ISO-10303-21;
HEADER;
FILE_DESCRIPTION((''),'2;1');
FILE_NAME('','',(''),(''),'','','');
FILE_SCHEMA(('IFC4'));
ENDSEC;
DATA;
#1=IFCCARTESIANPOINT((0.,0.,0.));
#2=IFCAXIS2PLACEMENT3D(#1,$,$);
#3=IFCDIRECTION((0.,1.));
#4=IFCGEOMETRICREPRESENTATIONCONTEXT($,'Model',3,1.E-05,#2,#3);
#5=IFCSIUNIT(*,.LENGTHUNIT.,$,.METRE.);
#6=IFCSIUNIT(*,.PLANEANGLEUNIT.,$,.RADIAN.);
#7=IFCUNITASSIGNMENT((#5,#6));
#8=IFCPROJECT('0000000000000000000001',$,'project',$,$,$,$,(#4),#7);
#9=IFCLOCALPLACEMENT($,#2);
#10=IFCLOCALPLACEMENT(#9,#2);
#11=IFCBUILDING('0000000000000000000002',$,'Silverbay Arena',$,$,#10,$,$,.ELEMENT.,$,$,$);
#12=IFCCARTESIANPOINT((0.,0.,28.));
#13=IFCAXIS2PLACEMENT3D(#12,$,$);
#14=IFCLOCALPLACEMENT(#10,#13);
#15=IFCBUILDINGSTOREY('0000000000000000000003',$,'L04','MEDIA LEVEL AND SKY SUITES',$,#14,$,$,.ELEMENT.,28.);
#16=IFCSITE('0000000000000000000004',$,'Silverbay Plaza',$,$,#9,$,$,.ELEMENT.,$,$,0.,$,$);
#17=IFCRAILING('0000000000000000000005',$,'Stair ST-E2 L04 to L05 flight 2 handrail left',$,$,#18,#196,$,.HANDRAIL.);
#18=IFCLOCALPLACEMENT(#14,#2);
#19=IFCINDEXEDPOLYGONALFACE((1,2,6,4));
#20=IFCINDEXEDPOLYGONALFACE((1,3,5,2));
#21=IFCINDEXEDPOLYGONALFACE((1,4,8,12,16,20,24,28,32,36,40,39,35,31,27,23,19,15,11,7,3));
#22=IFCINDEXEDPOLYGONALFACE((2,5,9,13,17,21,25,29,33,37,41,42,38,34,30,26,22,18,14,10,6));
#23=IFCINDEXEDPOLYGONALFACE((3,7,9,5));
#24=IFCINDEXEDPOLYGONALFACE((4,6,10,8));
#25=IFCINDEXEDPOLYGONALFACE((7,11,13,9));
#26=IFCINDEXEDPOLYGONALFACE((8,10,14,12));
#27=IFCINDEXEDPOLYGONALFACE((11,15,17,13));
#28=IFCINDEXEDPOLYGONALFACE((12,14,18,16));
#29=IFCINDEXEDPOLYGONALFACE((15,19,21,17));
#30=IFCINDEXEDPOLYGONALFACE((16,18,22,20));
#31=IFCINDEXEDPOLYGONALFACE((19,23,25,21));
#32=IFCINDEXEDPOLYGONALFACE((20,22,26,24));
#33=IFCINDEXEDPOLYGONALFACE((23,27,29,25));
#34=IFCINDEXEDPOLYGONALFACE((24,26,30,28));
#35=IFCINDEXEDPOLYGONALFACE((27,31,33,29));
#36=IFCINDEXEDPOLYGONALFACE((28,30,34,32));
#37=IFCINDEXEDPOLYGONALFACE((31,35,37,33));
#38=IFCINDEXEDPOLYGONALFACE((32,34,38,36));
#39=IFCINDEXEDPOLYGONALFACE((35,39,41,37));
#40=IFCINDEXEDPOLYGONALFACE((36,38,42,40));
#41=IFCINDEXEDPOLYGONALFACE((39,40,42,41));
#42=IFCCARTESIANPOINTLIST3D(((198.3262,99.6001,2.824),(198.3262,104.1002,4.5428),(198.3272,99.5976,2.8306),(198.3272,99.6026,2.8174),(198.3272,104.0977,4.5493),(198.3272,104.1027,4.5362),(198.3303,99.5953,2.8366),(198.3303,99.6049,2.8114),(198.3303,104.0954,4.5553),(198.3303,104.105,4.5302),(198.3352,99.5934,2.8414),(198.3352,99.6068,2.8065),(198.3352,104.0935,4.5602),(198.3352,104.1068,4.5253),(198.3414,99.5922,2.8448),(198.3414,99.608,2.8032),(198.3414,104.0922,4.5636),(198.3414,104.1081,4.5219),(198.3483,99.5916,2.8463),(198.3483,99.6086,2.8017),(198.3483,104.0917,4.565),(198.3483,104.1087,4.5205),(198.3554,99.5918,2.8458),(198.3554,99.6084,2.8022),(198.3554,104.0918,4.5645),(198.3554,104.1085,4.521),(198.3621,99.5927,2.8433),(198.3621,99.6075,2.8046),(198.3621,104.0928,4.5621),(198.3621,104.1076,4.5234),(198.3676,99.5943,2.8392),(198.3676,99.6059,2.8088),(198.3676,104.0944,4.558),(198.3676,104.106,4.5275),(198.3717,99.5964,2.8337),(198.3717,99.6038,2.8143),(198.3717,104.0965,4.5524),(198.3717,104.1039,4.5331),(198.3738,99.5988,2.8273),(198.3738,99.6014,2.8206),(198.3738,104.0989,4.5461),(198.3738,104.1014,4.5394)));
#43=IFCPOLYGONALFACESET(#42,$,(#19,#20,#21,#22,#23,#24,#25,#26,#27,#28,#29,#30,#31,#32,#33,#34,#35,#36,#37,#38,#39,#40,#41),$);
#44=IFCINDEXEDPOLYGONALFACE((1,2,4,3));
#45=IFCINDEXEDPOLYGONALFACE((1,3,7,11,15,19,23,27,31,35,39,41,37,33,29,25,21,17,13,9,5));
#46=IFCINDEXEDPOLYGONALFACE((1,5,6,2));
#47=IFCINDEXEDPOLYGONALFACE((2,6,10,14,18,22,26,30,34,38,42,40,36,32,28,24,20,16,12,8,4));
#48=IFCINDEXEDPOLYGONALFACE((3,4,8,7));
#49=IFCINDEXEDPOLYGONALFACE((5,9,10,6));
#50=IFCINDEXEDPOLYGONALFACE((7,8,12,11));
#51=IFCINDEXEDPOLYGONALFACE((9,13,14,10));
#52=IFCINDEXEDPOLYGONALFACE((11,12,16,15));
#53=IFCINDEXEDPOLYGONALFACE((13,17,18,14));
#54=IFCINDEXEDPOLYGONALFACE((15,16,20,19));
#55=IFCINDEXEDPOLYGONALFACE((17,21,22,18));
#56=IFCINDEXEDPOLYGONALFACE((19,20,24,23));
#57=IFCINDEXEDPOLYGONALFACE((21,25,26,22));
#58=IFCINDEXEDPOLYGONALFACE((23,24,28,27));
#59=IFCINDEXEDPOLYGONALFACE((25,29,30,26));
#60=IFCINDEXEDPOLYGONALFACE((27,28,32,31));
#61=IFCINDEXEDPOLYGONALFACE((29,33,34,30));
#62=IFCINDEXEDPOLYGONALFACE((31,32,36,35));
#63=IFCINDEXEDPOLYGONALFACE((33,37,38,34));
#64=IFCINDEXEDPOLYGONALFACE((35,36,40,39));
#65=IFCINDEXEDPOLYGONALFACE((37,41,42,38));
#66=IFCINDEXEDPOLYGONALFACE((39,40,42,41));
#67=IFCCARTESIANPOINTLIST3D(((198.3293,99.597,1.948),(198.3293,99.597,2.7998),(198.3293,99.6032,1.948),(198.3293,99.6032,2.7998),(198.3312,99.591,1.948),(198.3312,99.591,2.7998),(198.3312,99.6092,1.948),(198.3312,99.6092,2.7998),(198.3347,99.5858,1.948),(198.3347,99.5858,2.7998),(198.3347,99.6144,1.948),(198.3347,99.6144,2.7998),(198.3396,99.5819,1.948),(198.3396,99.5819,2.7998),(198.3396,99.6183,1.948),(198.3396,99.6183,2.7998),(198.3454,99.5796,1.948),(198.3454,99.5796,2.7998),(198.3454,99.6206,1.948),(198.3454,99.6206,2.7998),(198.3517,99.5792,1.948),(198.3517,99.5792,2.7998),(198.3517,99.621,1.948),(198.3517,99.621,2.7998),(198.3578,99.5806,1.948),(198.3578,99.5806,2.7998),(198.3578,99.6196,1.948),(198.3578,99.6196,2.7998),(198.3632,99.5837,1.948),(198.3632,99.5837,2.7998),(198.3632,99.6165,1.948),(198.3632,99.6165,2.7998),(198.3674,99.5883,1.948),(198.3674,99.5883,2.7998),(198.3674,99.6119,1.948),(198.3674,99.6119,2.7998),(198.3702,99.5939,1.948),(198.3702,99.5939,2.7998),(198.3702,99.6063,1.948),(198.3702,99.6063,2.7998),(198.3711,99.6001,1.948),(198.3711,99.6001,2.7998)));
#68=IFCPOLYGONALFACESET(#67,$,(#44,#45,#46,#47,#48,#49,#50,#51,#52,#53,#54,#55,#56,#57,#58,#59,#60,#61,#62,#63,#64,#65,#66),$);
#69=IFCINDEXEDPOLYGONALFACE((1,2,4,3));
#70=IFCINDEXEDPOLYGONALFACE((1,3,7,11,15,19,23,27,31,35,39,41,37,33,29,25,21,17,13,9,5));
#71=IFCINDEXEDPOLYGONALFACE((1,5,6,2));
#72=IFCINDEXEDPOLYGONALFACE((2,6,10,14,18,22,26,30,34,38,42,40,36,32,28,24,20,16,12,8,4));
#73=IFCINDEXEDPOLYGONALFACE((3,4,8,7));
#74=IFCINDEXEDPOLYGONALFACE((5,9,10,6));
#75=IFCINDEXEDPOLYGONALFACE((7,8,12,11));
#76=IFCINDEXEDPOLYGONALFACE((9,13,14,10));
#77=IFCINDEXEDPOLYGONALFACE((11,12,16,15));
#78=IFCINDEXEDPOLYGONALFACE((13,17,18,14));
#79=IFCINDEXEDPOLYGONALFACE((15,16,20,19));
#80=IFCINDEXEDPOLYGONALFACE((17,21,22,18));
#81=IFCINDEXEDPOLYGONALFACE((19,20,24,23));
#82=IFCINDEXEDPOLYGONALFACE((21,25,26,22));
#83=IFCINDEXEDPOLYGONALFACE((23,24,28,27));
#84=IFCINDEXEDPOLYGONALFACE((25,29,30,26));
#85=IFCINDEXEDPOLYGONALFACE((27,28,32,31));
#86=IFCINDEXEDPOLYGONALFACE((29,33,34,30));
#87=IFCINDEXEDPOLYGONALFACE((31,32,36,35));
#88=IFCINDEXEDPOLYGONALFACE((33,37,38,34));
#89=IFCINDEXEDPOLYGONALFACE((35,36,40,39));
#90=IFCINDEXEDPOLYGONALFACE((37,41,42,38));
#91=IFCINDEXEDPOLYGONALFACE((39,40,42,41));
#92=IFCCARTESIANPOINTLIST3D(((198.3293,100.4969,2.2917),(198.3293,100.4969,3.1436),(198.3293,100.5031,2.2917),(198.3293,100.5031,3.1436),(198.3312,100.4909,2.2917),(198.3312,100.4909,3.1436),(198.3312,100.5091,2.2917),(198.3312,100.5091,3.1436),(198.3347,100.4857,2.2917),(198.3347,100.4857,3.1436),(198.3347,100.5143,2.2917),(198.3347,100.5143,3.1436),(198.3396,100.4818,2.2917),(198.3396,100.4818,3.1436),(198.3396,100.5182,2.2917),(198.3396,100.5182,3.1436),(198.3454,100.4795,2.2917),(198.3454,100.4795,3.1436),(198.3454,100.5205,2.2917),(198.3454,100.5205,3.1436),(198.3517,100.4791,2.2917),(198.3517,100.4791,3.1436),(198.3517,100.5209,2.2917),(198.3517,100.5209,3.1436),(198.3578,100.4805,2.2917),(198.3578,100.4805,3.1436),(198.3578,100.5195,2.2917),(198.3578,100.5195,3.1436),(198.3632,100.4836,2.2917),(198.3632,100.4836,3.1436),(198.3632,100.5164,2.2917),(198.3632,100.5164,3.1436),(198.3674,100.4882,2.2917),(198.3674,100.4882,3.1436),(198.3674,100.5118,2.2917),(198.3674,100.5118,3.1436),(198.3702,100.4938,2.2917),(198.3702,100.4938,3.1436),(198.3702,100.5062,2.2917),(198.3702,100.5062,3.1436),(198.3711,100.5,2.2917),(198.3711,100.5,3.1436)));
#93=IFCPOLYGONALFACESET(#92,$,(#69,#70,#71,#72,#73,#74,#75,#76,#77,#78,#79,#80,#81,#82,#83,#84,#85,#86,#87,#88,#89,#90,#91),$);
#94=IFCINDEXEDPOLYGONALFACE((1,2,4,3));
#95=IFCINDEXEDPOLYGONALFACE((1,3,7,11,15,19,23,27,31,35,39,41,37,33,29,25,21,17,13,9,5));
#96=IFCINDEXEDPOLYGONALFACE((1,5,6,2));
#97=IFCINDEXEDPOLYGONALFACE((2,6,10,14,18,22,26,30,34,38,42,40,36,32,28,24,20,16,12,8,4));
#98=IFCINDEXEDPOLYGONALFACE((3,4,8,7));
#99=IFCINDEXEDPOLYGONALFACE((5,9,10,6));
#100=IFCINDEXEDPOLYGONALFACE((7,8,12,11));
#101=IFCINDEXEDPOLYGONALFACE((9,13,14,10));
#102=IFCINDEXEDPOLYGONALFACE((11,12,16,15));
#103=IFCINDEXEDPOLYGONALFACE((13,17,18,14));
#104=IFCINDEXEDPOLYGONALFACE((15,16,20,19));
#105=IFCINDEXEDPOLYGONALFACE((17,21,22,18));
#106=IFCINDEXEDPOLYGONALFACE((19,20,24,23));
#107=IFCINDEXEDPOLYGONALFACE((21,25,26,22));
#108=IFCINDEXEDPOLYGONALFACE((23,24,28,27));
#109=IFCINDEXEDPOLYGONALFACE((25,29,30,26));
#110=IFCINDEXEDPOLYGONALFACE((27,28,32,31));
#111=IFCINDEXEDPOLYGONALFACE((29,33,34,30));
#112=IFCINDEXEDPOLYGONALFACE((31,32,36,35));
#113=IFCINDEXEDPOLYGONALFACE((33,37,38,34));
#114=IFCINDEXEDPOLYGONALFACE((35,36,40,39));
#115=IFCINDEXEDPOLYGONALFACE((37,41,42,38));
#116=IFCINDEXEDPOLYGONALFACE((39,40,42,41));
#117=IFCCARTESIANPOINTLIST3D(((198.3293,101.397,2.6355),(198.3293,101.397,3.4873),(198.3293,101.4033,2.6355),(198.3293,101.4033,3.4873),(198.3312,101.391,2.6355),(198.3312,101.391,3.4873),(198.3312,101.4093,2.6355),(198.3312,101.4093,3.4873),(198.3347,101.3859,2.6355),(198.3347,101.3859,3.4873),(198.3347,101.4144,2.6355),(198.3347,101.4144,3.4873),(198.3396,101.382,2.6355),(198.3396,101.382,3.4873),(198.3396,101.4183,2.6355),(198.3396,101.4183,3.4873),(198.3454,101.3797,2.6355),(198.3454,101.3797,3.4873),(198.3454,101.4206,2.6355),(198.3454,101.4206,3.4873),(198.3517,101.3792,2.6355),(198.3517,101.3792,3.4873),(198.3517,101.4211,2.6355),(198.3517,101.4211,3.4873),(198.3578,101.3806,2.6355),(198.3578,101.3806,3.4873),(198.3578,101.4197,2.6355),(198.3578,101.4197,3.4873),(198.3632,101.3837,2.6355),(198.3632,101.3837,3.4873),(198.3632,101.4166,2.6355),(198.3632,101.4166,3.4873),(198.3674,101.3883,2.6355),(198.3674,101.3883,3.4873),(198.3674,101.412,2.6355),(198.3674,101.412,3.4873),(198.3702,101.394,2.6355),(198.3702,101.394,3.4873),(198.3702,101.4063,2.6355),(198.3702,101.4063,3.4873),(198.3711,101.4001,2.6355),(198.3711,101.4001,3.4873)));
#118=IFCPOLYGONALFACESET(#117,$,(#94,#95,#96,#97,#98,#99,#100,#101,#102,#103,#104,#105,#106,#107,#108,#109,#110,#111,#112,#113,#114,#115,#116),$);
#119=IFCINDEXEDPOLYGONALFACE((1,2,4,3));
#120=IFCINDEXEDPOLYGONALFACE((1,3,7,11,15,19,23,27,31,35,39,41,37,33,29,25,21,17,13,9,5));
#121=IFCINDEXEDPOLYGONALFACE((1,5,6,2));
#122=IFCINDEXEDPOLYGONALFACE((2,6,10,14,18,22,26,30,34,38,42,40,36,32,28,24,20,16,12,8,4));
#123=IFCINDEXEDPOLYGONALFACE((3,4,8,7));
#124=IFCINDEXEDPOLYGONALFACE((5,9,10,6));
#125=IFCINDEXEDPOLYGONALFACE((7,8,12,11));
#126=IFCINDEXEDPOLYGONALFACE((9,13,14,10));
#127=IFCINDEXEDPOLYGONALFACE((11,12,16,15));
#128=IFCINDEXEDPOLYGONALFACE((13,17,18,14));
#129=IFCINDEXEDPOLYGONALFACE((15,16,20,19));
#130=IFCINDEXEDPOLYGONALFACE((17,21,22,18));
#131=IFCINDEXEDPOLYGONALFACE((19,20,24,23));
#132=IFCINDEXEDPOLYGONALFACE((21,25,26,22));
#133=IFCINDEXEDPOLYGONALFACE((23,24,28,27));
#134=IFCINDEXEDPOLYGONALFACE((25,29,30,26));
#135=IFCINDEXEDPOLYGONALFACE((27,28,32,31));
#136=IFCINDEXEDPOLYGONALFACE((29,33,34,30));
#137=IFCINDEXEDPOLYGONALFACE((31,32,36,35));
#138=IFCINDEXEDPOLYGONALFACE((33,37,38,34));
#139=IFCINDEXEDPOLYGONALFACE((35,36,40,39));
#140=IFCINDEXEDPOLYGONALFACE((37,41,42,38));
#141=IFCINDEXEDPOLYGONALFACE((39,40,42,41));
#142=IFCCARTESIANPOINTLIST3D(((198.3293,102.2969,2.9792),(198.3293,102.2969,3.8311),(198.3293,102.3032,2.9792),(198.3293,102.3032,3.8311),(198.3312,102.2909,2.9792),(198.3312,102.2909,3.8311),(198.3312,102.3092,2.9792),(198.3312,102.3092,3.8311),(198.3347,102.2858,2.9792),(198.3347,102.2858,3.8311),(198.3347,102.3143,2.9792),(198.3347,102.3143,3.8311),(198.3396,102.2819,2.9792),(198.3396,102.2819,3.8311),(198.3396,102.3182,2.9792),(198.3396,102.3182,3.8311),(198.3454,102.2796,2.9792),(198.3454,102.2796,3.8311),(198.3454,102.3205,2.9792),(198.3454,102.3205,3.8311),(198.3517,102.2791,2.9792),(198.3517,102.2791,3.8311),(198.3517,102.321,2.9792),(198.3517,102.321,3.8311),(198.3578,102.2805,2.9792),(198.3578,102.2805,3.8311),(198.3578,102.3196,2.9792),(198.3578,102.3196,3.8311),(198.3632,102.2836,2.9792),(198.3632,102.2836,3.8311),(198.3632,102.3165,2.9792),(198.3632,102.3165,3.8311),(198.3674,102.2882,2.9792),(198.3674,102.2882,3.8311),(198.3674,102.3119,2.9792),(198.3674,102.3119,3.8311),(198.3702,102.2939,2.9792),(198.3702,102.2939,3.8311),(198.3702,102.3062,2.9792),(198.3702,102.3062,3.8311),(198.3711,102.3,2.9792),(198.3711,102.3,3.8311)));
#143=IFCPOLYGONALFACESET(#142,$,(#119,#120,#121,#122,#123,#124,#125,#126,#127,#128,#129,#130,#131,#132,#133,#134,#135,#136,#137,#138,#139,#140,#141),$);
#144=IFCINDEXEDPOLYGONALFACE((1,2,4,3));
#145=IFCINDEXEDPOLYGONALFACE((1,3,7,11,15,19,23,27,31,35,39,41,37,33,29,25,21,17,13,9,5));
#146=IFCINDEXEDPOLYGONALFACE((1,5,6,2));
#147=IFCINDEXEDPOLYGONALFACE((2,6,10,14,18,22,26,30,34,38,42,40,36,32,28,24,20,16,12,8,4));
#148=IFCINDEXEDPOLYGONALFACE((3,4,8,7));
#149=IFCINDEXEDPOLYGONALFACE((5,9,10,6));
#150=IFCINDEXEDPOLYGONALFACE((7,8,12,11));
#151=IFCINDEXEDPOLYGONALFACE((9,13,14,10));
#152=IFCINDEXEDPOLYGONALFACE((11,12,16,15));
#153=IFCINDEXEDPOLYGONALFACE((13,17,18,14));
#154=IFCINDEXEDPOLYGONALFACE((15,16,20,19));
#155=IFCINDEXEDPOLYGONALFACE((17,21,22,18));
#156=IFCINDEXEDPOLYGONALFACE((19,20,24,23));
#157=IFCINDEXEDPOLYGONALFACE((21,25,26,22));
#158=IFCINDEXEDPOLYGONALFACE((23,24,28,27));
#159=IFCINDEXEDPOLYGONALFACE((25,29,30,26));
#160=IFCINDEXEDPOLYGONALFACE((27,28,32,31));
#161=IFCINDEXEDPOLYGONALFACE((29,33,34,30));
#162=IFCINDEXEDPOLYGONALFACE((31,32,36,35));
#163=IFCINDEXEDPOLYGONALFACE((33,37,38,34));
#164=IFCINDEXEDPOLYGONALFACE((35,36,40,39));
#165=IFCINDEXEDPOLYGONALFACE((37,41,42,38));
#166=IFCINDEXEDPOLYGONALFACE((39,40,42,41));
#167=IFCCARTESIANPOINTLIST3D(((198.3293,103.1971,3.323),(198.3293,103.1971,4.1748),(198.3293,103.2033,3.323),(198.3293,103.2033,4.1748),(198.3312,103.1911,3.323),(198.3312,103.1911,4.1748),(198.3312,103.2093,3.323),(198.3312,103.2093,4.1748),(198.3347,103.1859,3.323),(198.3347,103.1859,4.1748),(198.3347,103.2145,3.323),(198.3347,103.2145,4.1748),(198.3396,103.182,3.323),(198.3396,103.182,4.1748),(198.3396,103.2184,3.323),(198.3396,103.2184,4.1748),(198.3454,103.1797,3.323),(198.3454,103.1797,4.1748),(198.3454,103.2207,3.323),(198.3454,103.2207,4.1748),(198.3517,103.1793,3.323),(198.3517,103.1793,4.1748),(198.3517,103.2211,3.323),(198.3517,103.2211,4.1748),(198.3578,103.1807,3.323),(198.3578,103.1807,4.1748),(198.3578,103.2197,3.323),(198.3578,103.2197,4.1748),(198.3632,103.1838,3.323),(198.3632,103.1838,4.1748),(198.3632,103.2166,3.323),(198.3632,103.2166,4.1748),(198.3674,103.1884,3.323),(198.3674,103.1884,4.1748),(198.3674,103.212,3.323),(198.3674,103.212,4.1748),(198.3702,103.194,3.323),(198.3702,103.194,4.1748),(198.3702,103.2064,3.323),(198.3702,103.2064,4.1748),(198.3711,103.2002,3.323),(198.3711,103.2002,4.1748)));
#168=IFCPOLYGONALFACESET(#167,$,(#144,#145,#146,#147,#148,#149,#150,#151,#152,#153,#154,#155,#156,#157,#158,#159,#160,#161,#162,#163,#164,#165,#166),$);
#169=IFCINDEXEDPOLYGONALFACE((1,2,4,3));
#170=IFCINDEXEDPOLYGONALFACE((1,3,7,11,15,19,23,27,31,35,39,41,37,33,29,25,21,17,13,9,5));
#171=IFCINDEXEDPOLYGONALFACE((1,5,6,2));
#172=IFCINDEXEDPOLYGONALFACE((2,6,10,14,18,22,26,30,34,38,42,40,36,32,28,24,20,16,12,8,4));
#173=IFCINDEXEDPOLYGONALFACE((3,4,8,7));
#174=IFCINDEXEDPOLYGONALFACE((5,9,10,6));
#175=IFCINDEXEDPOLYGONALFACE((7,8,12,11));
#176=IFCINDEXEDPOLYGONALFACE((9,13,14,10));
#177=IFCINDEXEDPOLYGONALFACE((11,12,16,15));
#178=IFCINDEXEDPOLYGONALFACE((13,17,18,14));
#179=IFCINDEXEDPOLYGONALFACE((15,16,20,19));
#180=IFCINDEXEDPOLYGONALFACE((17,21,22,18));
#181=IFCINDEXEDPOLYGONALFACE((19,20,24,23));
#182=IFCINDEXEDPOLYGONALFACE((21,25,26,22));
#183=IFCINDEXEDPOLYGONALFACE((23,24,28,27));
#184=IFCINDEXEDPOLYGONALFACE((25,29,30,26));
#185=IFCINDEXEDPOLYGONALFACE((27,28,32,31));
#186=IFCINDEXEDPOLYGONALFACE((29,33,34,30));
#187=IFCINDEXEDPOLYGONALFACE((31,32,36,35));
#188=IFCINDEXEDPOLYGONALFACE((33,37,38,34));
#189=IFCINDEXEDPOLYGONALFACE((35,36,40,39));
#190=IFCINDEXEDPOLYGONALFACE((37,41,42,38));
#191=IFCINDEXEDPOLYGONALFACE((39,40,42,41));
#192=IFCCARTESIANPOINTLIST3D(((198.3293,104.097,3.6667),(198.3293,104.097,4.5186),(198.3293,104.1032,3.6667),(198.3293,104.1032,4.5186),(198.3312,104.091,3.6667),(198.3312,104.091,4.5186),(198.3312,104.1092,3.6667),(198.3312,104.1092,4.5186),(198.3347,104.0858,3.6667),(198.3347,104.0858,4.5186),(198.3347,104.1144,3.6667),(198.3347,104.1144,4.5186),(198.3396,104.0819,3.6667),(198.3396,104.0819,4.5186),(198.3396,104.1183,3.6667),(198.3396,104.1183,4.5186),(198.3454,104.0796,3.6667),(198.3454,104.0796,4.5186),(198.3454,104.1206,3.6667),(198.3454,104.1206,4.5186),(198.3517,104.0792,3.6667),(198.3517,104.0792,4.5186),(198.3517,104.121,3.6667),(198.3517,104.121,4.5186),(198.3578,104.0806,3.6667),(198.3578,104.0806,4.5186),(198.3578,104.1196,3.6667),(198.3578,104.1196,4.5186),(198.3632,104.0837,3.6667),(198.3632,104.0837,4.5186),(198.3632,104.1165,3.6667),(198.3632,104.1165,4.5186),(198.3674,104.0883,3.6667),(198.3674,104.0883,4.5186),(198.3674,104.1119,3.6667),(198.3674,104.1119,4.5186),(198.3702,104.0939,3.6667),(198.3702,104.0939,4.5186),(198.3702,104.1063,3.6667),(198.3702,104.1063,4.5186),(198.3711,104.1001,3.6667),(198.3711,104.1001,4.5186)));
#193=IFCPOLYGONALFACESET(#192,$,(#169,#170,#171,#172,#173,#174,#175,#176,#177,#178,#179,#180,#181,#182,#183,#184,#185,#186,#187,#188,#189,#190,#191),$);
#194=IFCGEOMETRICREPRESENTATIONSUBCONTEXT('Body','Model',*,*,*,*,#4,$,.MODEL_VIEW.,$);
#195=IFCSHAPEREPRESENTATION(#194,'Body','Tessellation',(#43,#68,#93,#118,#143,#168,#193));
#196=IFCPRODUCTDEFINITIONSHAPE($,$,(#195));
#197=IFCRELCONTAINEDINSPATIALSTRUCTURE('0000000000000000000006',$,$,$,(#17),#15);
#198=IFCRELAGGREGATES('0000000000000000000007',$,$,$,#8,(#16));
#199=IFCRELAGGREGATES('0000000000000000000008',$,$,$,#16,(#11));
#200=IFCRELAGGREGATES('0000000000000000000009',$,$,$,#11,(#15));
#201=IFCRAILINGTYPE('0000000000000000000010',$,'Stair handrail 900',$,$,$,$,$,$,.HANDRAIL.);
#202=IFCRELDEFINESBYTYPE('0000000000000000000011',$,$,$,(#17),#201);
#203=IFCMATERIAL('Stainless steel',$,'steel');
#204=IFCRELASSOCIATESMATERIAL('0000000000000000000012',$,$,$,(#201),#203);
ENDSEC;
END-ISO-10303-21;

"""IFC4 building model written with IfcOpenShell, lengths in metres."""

from ifc_helpers import new_model, si_unit, direction, frame, origin, origin_2d, place, context, subcontext, project, spatial, circle, extrude, material, type_object, element, save


model = new_model("IFC4")

# Units and contexts
model_context = context("Model", 3, precision=1e-05, world=origin(), true_north=direction((0.0, 1.0)))
body_context = subcontext(model_context, "Body", "Model", "MODEL_VIEW")
ifc_project = project(units=[si_unit("LENGTHUNIT", "METRE"), si_unit("PLANEANGLEUNIT", "RADIAN")], contexts=[model_context])

# Site, building, storey
site_placement = place(None, origin())
site = spatial("IfcSite", under=ifc_project, at=site_placement, Name="Silverbay Plaza", CompositionType="ELEMENT", RefElevation=0.0)
building_placement = place(site_placement, origin())
building = spatial("IfcBuilding", under=site, at=building_placement, Name="Silverbay Arena", CompositionType="ELEMENT")
storey_placement = place(building_placement, frame((0.0, 0.0, 28.0)))
storey = spatial("IfcBuildingStorey", under=building, at=storey_placement, Name="L04", Description="MEDIA LEVEL AND SKY SUITES", CompositionType="ELEMENT", Elevation=28.0)

# Railing
ifc_material_1 = material(Name="Stainless steel", Category="steel")
railing_type_1 = type_object("IfcRailingType", Name="Stair handrail 900", PredefinedType="HANDRAIL", material=ifc_material_1)
for number, where, name in (
    (1, (198.3501, 99.6001, 1.948), "Stair ST-E2 L04 to L05 flight 2 handrail left"),
):
    element("IfcRailing", number, at=place(storey_placement, frame(where)), inside=storey, type_object=railing_type_1, Name=name, PredefinedType="HANDRAIL", context=body_context, shape_type="SweptSolid", body=[
        extrude(circle(Radius=0.0239, at=origin_2d()), frame((0.0, 0.0, 0.876), z_axis=(0.0, 0.934179, 0.356805), x_axis=(-1.0, 0.0, 0.0)), (0.0, 0.0, 1.0), 4.8171),
        extrude(circle(Radius=0.021, at=origin_2d()), origin(), (0.0, 0.0, 1.0), 0.8518),
        extrude(circle(Radius=0.021, at=origin_2d()), frame((0.0, 0.8999, 0.3438)), (0.0, 0.0, 1.0), 0.8518),
        extrude(circle(Radius=0.021, at=origin_2d()), frame((0.0, 1.8, 0.6875)), (0.0, 0.0, 1.0), 0.8518),
        extrude(circle(Radius=0.021, at=origin_2d()), frame((0.0, 2.7, 1.0312)), (0.0, 0.0, 1.0), 0.8518),
        extrude(circle(Radius=0.021, at=origin_2d()), frame((0.0, 3.6001, 1.375)), (0.0, 0.0, 1.0), 0.8518),
        extrude(circle(Radius=0.021, at=origin_2d()), frame((0.0, 4.5, 1.7188)), (0.0, 0.0, 1.0), 0.8518),
    ])

save(model, "model.ifc")
